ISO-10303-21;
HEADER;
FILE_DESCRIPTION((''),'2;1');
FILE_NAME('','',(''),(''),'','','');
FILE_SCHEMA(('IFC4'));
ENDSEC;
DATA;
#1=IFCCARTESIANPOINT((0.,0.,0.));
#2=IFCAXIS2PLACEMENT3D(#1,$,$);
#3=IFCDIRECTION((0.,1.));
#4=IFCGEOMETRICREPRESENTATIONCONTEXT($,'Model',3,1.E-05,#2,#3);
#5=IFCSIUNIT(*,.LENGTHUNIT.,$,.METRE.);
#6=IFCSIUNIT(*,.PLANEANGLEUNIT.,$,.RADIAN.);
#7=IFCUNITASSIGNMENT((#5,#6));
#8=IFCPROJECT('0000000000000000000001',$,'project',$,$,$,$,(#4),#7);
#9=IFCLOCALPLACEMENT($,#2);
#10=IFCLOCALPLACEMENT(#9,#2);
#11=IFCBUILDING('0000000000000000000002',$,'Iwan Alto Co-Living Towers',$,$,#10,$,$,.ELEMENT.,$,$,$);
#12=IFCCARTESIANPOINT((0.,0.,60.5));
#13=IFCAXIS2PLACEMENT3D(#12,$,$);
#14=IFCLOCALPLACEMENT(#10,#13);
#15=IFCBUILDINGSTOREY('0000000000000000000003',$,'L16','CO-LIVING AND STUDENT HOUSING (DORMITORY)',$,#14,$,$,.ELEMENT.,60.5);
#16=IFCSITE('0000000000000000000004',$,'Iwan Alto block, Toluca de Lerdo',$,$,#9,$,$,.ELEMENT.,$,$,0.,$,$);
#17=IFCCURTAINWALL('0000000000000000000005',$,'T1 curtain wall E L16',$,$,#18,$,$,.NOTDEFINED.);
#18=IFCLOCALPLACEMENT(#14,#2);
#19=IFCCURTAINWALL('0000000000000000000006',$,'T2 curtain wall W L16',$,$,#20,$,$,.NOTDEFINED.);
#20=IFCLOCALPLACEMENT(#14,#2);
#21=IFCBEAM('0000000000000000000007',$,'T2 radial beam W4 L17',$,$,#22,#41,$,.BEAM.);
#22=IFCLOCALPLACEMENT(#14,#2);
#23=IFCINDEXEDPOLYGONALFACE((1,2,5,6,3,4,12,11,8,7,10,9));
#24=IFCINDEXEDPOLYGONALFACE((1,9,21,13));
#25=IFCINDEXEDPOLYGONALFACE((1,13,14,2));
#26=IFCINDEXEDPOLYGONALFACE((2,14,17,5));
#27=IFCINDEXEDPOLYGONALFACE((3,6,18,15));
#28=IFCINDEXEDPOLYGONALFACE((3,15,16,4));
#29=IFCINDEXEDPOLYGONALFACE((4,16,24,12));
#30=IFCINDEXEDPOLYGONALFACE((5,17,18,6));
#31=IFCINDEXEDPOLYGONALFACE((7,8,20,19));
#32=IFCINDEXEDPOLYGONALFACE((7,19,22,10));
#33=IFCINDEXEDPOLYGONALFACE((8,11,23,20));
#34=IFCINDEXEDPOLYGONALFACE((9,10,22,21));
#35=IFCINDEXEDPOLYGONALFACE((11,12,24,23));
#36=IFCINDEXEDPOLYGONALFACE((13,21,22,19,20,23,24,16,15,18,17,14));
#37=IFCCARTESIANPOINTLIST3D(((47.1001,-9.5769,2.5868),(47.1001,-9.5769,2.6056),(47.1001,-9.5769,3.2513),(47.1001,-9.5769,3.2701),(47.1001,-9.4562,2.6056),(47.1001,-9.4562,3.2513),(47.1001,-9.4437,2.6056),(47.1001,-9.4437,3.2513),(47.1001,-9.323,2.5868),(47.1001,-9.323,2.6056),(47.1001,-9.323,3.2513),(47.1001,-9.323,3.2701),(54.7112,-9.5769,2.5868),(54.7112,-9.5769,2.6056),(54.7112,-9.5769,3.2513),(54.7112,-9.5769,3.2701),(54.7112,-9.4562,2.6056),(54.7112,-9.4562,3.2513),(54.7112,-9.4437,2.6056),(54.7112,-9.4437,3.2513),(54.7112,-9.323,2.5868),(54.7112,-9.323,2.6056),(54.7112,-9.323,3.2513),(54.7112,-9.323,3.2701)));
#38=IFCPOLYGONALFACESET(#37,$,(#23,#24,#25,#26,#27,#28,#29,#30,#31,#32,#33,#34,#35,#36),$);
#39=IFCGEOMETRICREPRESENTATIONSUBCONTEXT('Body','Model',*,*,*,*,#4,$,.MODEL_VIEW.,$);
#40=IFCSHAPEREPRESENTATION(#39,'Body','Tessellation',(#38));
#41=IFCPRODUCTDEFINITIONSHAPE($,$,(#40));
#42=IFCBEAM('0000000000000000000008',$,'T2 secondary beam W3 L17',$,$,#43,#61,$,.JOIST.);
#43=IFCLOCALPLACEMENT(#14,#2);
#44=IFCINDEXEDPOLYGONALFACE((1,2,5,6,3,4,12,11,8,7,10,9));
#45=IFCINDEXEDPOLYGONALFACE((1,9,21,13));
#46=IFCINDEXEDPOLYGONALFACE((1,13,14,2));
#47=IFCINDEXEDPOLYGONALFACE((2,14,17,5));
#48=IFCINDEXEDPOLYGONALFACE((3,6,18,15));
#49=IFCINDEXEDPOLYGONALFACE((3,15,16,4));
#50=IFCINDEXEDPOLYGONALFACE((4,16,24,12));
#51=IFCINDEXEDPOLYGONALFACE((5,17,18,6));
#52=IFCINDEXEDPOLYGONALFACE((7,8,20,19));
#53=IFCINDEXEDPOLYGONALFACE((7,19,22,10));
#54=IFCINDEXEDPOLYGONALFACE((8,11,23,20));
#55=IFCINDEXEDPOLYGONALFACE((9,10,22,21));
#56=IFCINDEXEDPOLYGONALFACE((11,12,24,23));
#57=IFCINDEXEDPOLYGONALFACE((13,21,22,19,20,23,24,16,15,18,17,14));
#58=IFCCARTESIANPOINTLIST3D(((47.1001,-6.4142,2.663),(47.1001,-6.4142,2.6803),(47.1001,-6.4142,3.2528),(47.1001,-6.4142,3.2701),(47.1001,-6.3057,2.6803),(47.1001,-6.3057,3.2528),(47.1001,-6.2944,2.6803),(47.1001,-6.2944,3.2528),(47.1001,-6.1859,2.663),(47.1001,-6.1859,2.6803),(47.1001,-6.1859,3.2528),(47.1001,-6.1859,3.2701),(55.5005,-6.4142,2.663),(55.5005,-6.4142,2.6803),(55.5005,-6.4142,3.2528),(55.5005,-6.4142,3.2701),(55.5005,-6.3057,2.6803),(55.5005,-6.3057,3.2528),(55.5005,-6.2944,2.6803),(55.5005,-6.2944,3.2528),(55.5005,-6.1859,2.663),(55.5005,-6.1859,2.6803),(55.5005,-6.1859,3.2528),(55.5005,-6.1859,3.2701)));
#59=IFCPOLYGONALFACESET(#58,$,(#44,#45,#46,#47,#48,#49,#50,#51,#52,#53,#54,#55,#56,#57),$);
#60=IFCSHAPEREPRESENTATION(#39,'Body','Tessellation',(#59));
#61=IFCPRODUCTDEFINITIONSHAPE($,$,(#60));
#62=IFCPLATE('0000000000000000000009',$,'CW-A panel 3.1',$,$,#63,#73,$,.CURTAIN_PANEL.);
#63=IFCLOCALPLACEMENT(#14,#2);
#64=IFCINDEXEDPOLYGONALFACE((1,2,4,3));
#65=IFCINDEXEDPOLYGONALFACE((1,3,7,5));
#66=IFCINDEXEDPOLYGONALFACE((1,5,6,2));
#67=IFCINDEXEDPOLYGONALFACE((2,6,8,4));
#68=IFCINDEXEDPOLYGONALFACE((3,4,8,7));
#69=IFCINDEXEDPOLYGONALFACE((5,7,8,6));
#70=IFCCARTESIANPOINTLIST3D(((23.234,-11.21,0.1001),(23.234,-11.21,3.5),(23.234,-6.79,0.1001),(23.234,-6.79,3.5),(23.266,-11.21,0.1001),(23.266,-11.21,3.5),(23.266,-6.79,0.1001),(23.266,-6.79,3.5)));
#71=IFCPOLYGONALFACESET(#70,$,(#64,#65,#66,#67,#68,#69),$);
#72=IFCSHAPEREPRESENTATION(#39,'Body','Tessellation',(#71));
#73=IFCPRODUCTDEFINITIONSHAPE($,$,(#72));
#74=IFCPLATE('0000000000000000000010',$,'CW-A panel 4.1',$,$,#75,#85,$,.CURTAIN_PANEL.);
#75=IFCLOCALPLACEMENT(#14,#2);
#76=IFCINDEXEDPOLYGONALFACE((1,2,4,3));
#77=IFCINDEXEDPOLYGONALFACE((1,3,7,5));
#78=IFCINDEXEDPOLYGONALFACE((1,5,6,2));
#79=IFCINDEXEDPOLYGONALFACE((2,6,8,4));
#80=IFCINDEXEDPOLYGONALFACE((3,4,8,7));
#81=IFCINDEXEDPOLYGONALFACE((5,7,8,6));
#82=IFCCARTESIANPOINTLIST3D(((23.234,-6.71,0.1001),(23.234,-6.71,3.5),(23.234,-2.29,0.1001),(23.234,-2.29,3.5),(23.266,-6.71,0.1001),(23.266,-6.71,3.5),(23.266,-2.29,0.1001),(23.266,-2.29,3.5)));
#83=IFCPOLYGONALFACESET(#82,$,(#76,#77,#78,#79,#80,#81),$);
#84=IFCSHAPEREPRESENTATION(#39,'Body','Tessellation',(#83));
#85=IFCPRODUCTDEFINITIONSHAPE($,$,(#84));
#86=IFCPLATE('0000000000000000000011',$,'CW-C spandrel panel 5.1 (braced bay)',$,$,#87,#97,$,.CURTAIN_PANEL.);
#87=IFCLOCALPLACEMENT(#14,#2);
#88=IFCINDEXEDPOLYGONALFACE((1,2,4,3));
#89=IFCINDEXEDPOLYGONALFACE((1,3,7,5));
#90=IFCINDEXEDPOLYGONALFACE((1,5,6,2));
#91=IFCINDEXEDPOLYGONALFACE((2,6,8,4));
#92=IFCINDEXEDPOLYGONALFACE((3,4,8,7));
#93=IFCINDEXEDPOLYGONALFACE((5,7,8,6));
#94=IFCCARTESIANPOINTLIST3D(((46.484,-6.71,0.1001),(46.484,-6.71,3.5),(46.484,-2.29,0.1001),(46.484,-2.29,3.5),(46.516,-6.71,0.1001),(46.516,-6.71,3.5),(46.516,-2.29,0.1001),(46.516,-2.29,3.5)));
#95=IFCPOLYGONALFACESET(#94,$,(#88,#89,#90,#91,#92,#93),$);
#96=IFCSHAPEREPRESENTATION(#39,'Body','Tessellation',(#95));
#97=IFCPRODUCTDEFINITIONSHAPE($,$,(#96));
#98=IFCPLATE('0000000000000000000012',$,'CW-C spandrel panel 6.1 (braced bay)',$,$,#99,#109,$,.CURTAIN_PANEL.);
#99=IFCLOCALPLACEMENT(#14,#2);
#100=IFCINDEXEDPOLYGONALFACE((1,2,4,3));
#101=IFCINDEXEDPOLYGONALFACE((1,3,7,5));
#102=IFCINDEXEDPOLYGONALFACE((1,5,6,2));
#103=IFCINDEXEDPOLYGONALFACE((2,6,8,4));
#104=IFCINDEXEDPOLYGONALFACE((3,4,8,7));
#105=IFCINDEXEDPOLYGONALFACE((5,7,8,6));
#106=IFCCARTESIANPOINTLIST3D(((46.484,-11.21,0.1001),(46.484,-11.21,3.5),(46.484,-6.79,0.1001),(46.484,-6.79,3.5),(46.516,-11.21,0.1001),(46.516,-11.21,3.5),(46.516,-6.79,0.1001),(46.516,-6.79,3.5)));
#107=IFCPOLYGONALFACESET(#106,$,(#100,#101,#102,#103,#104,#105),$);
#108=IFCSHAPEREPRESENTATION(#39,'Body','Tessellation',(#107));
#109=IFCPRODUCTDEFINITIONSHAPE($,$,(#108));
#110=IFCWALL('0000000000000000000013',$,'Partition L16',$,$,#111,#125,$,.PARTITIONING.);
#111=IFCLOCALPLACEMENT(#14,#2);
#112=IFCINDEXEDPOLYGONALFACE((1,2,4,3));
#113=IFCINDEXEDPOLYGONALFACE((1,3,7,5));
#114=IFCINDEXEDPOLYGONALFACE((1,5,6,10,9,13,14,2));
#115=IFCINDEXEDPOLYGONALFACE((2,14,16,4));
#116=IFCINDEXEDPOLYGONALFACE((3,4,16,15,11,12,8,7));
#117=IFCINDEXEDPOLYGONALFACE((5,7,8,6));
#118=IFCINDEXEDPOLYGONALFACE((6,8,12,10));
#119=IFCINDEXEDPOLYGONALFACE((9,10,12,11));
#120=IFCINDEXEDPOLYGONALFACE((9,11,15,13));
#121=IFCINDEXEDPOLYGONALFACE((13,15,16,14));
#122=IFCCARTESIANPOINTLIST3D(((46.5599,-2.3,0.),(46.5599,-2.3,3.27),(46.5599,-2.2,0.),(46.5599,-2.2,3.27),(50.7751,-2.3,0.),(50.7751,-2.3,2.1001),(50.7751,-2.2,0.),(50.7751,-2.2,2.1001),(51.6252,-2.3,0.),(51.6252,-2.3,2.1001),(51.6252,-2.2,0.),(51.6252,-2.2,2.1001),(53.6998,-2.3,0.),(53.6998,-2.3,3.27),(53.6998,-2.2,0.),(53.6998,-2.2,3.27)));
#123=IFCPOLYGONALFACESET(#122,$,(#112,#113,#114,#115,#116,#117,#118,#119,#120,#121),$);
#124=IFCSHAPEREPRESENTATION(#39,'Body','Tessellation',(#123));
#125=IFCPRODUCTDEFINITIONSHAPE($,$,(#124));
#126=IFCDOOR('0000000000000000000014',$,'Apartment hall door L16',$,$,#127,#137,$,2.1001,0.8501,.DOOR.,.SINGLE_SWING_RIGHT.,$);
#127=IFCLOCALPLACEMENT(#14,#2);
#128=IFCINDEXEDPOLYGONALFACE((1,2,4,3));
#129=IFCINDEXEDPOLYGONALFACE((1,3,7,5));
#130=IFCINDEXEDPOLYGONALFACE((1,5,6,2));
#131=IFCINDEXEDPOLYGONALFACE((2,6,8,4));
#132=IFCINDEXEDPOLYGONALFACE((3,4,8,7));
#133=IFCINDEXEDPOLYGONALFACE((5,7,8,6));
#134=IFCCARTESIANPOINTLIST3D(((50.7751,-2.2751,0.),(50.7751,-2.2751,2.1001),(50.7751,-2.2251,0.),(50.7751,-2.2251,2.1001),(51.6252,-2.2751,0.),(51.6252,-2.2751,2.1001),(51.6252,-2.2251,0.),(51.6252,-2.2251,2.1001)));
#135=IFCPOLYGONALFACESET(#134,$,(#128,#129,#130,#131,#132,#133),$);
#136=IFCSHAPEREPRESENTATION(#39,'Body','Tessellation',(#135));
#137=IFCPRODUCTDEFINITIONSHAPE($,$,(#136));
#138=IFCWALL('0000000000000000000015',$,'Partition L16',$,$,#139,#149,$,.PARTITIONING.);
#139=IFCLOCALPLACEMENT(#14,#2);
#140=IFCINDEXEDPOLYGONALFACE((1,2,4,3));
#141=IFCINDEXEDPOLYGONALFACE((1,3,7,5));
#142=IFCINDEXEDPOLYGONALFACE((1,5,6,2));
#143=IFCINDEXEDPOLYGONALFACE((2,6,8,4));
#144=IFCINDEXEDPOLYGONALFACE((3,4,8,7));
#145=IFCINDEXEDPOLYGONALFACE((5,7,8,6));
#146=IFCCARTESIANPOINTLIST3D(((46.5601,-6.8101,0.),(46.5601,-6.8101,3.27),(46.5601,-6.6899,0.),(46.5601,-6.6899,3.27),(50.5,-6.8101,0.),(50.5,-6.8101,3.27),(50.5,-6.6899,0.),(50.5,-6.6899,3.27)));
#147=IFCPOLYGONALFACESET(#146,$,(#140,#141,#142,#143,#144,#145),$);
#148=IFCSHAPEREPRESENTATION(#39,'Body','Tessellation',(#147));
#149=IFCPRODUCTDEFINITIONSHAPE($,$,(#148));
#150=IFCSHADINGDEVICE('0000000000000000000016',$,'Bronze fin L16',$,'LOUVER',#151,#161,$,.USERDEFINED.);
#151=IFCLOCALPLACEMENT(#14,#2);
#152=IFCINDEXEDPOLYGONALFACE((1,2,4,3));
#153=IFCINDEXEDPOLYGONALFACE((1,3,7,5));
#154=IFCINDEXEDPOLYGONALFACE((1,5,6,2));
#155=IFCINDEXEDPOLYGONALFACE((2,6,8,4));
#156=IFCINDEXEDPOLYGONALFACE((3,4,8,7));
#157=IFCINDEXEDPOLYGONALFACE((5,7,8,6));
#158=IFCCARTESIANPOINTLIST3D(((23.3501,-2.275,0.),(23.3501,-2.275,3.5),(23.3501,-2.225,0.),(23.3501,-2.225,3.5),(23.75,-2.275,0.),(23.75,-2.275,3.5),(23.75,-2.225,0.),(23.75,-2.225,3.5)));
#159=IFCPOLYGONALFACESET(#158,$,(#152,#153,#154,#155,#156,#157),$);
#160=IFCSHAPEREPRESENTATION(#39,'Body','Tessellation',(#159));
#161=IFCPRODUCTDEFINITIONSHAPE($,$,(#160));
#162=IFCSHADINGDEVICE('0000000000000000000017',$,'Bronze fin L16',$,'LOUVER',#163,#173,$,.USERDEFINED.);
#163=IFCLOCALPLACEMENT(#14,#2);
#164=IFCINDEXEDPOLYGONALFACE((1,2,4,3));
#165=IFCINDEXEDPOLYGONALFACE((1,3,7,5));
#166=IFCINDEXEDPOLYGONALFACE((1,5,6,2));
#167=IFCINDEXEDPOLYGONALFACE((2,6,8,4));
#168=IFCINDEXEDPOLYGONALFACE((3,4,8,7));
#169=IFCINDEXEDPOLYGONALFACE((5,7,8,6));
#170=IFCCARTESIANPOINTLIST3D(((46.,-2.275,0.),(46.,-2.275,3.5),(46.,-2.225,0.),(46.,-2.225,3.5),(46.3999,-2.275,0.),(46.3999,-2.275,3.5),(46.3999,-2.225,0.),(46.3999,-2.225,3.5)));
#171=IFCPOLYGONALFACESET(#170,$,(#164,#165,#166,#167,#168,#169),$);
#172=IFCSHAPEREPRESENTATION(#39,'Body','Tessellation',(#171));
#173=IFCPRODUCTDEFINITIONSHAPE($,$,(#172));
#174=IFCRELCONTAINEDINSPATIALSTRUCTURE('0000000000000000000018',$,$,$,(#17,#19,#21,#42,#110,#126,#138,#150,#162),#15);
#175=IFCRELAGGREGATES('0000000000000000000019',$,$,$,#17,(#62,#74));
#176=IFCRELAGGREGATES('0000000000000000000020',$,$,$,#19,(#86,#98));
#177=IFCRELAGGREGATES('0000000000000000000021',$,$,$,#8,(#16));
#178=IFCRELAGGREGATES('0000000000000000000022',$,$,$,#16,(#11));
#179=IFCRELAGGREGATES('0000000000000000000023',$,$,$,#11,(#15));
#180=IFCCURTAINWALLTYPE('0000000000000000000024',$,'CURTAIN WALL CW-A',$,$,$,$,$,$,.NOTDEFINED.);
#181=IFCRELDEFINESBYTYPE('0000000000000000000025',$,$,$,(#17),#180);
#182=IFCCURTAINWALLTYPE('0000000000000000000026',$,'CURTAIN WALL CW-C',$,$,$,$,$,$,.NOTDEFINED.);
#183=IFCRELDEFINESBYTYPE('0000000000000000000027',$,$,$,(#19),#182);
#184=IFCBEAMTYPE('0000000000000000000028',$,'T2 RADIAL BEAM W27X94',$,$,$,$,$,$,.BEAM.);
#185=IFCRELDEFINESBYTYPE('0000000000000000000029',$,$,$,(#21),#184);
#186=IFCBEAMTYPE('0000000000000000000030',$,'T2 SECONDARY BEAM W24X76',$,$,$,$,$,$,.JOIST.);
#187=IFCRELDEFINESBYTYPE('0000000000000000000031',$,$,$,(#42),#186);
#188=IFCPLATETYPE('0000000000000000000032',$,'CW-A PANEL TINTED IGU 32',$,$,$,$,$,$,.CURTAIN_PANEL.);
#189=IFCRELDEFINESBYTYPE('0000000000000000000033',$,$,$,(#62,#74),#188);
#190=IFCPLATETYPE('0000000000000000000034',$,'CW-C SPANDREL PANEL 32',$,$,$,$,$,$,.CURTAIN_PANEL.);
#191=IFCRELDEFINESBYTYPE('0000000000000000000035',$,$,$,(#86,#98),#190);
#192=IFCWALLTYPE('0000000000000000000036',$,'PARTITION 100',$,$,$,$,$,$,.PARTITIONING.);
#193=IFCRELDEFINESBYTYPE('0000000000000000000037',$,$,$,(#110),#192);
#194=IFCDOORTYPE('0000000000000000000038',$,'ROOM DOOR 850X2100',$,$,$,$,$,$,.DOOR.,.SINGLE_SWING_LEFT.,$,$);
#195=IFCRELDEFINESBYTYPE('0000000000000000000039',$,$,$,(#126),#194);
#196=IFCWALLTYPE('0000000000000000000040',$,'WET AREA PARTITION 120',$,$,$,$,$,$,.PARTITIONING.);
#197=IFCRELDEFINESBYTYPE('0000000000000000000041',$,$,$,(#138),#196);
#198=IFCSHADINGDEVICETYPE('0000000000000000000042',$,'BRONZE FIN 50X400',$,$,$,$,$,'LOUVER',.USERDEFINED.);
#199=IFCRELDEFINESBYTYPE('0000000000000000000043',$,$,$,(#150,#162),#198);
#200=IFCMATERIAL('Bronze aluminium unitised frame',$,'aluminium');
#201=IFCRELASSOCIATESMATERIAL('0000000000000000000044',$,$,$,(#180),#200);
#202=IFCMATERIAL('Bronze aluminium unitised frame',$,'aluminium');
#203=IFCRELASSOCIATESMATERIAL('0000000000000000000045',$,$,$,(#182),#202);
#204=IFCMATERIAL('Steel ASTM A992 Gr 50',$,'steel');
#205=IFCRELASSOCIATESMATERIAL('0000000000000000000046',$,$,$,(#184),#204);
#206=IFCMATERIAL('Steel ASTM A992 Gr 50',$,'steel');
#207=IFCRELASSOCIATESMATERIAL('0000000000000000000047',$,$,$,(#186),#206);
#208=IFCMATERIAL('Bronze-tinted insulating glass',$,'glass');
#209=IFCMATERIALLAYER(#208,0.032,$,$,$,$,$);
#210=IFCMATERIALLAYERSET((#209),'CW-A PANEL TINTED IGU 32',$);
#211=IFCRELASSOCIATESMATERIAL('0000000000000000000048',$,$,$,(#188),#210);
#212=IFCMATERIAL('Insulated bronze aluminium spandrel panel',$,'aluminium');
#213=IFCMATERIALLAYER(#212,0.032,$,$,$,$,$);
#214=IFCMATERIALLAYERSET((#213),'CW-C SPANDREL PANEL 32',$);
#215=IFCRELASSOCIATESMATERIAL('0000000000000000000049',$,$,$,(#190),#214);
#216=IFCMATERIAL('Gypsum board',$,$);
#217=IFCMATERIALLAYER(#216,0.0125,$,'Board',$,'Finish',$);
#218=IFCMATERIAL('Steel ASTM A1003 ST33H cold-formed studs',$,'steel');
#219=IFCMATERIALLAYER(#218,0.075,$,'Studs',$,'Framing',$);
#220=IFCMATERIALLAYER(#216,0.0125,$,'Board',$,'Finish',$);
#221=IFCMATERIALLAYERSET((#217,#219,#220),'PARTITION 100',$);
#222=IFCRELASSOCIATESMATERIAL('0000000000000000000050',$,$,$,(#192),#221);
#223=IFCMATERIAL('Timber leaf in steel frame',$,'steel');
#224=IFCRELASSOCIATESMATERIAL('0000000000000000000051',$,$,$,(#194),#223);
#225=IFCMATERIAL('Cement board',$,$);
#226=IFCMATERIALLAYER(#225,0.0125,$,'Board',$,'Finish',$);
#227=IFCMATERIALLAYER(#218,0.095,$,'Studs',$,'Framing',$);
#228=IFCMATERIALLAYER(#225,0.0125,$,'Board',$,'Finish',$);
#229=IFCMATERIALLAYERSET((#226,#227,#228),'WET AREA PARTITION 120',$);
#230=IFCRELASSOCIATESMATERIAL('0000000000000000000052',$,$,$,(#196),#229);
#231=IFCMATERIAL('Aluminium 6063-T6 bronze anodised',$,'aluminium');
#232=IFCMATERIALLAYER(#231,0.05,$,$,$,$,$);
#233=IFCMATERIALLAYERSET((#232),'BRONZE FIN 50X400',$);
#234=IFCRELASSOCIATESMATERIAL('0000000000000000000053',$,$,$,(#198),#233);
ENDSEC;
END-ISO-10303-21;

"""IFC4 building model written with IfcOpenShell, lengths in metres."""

from ifc_helpers import new_model, si_unit, direction, frame, frame_2d, origin, origin_2d, place, context, subcontext, project, spatial, rectangle, i_section, extrude, material, layer, layer_set, material_profile, profile_set, type_object, element, fill, aggregate, save


model = new_model("IFC4")

# Units and contexts
model_context = context("Model", 3, precision=1e-05, world=origin(), true_north=direction((0.0, 1.0)))
body_context = subcontext(model_context, "Body", "Model", "MODEL_VIEW")
ifc_project = project(units=[si_unit("LENGTHUNIT", "METRE"), si_unit("PLANEANGLEUNIT", "RADIAN")], contexts=[model_context])

# Site, building, storey
site_placement = place(None, origin())
site = spatial("IfcSite", under=ifc_project, at=site_placement, Name="Iwan Alto block, Toluca de Lerdo", CompositionType="ELEMENT", RefElevation=0.0)
building_placement = place(site_placement, origin())
building = spatial("IfcBuilding", under=site, at=building_placement, Name="Iwan Alto Co-Living Towers", CompositionType="ELEMENT")
storey_placement = place(building_placement, frame((0.0, 0.0, 60.5)))
storey = spatial("IfcBuildingStorey", under=building, at=storey_placement, Name="L16", Description="CO-LIVING AND STUDENT HOUSING (DORMITORY)", CompositionType="ELEMENT", Elevation=60.5)

# Curtain walls
ifc_material_1 = material(Name="Bronze aluminium unitised frame", Category="aluminium")
curtain_wall_type_1 = type_object("IfcCurtainWallType", Name="CURTAIN WALL CW-A", PredefinedType="NOTDEFINED", material=ifc_material_1)
curtain_wall_1_placement = place(storey_placement, origin())
curtain_wall_1 = element("IfcCurtainWall", 1, at=curtain_wall_1_placement, inside=storey, type_object=curtain_wall_type_1, Name="T1 curtain wall E L16", PredefinedType="NOTDEFINED")
ifc_material_2 = material(Name="Bronze aluminium unitised frame", Category="aluminium")
curtain_wall_type_2 = type_object("IfcCurtainWallType", Name="CURTAIN WALL CW-C", PredefinedType="NOTDEFINED", material=ifc_material_2)
curtain_wall_2_placement = place(storey_placement, origin())
curtain_wall_2 = element("IfcCurtainWall", 2, at=curtain_wall_2_placement, inside=storey, type_object=curtain_wall_type_2, Name="T2 curtain wall W L16", PredefinedType="NOTDEFINED")

# Beams
ifc_material_3 = material(Name="Steel ASTM A992 Gr 50", Category="steel")
ifc_material_profile_1 = material_profile(ifc_material_3, i_section(OverallWidth=0.2539, OverallDepth=0.6833, WebThickness=0.0125, FlangeThickness=0.0188, at=origin_2d()), Name="W27X94")
ifc_profile_set_1 = profile_set([ifc_material_profile_1], Name="Steel ASTM A992 Gr 50")
beam_type_1 = type_object("IfcBeamType", Name="T2 RADIAL BEAM W27X94", PredefinedType="BEAM", material=ifc_profile_set_1)
beam_1_placement = place(storey_placement, frame((47.1001, -9.45, 2.9285), z_axis=(1.0, 0.0, 0.0), x_axis=(0.0, 1.0, 0.0)))
element("IfcBeam", 3, at=beam_1_placement, inside=storey, type_object=beam_type_1, Name="T2 radial beam W4 L17", PredefinedType="BEAM", context=body_context, shape_type="SweptSolid", body=[
    extrude(i_section(OverallWidth=0.2539, OverallDepth=0.6833, WebThickness=0.0125, FlangeThickness=0.0188, at=origin_2d()), origin(), (0.0, 0.0, 1.0), 7.6111),
])
ifc_material_4 = material(Name="Steel ASTM A992 Gr 50", Category="steel")
ifc_material_profile_2 = material_profile(ifc_material_4, i_section(OverallWidth=0.2283, OverallDepth=0.6072, WebThickness=0.0112, FlangeThickness=0.0173, at=origin_2d()), Name="W24X76")
ifc_profile_set_2 = profile_set([ifc_material_profile_2], Name="Steel ASTM A992 Gr 50")
beam_type_2 = type_object("IfcBeamType", Name="T2 SECONDARY BEAM W24X76", PredefinedType="JOIST", material=ifc_profile_set_2)
beam_2_placement = place(storey_placement, frame((47.1001, -6.3, 2.9666), z_axis=(1.0, 0.0, 0.0), x_axis=(0.0, 1.0, 0.0)))
element("IfcBeam", 4, at=beam_2_placement, inside=storey, type_object=beam_type_2, Name="T2 secondary beam W3 L17", PredefinedType="JOIST", context=body_context, shape_type="SweptSolid", body=[
    extrude(i_section(OverallWidth=0.2283, OverallDepth=0.6072, WebThickness=0.0112, FlangeThickness=0.0173, at=origin_2d()), origin(), (0.0, 0.0, 1.0), 8.4004),
])

# Plates
ifc_material_5 = material(Name="Bronze-tinted insulating glass", Category="glass")
ifc_layer_1 = layer(ifc_material_5, 0.032)
ifc_layer_set_1 = layer_set([ifc_layer_1], Name="CW-A PANEL TINTED IGU 32")
plate_type_1 = type_object("IfcPlateType", Name="CW-A PANEL TINTED IGU 32", PredefinedType="CURTAIN_PANEL", material=ifc_layer_set_1)
plate_1_placement = place(storey_placement, frame((23.25, -9.0, 0.1001), z_axis=(0.0, 0.0, 1.0), x_axis=(0.0, 1.0, 0.0)))
plate_1 = element("IfcPlate", 5, at=plate_1_placement, type_object=plate_type_1, Name="CW-A panel 3.1", PredefinedType="CURTAIN_PANEL", context=body_context, shape_type="SweptSolid", body=[
    extrude(rectangle(XDim=4.4199, YDim=0.032, at=origin_2d()), origin(), (0.0, 0.0, 1.0), 3.3999),
])
plate_2_placement = place(storey_placement, frame((23.25, -4.5, 0.1001), z_axis=(0.0, 0.0, 1.0), x_axis=(0.0, 1.0, 0.0)))
plate_2 = element("IfcPlate", 6, at=plate_2_placement, type_object=plate_type_1, Name="CW-A panel 4.1", PredefinedType="CURTAIN_PANEL", context=body_context, shape_type="SweptSolid", body=[
    extrude(rectangle(XDim=4.4199, YDim=0.032, at=origin_2d()), origin(), (0.0, 0.0, 1.0), 3.3999),
])
aggregate(curtain_wall_1, [plate_1, plate_2])
ifc_material_6 = material(Name="Insulated bronze aluminium spandrel panel", Category="aluminium")
ifc_layer_2 = layer(ifc_material_6, 0.032)
ifc_layer_set_2 = layer_set([ifc_layer_2], Name="CW-C SPANDREL PANEL 32")
plate_type_2 = type_object("IfcPlateType", Name="CW-C SPANDREL PANEL 32", PredefinedType="CURTAIN_PANEL", material=ifc_layer_set_2)
plate_3_placement = place(storey_placement, frame((46.5, -4.5, 0.1001), z_axis=(0.0, 0.0, 1.0), x_axis=(0.0, -1.0, 0.0)))
plate_3 = element("IfcPlate", 7, at=plate_3_placement, type_object=plate_type_2, Name="CW-C spandrel panel 5.1 (braced bay)", PredefinedType="CURTAIN_PANEL", context=body_context, shape_type="SweptSolid", body=[
    extrude(rectangle(XDim=4.4199, YDim=0.032, at=origin_2d()), origin(), (0.0, 0.0, 1.0), 3.3999),
])
plate_4_placement = place(storey_placement, frame((46.5, -9.0, 0.1001), z_axis=(0.0, 0.0, 1.0), x_axis=(0.0, -1.0, 0.0)))
plate_4 = element("IfcPlate", 8, at=plate_4_placement, type_object=plate_type_2, Name="CW-C spandrel panel 6.1 (braced bay)", PredefinedType="CURTAIN_PANEL", context=body_context, shape_type="SweptSolid", body=[
    extrude(rectangle(XDim=4.4199, YDim=0.032, at=origin_2d()), origin(), (0.0, 0.0, 1.0), 3.3999),
])
aggregate(curtain_wall_2, [plate_3, plate_4])

# Wall, opening, door
ifc_material_7 = material(Name="Gypsum board")
ifc_layer_3 = layer(ifc_material_7, 0.0125, Name="Board", Category="Finish")
ifc_material_8 = material(Name="Steel ASTM A1003 ST33H cold-formed studs", Category="steel")
ifc_layer_4 = layer(ifc_material_8, 0.075, Name="Studs", Category="Framing")
ifc_layer_5 = layer(ifc_material_7, 0.0125, Name="Board", Category="Finish")
ifc_layer_set_3 = layer_set([ifc_layer_3, ifc_layer_4, ifc_layer_5], Name="PARTITION 100")
wall_type_1 = type_object("IfcWallType", Name="PARTITION 100", PredefinedType="PARTITIONING", material=ifc_layer_set_3)
wall_1_placement = place(storey_placement, frame((46.5601, -2.25, 0.0), z_axis=(0.0, 0.0, 1.0), x_axis=(1.0, 0.0, 0.0)))
wall_1 = element("IfcWall", 9, at=wall_1_placement, inside=storey, type_object=wall_type_1, Name="Partition L16", PredefinedType="PARTITIONING", context=body_context, shape_type="SweptSolid", body=[
    extrude(rectangle(XDim=7.1399, YDim=0.1001, at=frame_2d((3.5698, 0.0))), origin(), (0.0, 0.0, 1.0), 3.27),
])
opening_placement = place(wall_1_placement, frame((4.2151, 0.0, 0.0)))
opening = element("IfcOpeningElement", 10, at=opening_placement, cuts=wall_1, PredefinedType="OPENING", context=body_context, shape_type="SweptSolid", body=[
    extrude(rectangle(XDim=0.8501, YDim=2.1001, at=frame_2d((0.425, 1.05))), frame((0.0, 0.0601, 0.0), z_axis=(0.0, -1.0, 0.0), x_axis=(1.0, 0.0, 0.0)), (0.0, 0.0, 1.0), 0.1201),
])
ifc_material_9 = material(Name="Timber leaf in steel frame", Category="steel")
door_type = type_object("IfcDoorType", Name="ROOM DOOR 850X2100", OperationType="SINGLE_SWING_LEFT", PredefinedType="DOOR", material=ifc_material_9)
door_placement = place(opening_placement, origin())
door = element("IfcDoor", 11, at=door_placement, inside=storey, type_object=door_type, Name="Apartment hall door L16", OperationType="SINGLE_SWING_RIGHT", OverallHeight=2.1001, OverallWidth=0.8501, PredefinedType="DOOR", context=body_context, shape_type="SweptSolid", body=[
    extrude(rectangle(XDim=0.8501, YDim=2.1001, at=frame_2d((0.425, 1.05))), frame((0.0, 0.0249, 0.0), z_axis=(0.0, -1.0, 0.0), x_axis=(1.0, 0.0, 0.0)), (0.0, 0.0, 1.0), 0.05),
])
fill(opening, door)

# Wall
ifc_material_10 = material(Name="Cement board")
ifc_layer_6 = layer(ifc_material_10, 0.0125, Name="Board", Category="Finish")
ifc_layer_7 = layer(ifc_material_8, 0.095, Name="Studs", Category="Framing")
ifc_layer_8 = layer(ifc_material_10, 0.0125, Name="Board", Category="Finish")
ifc_layer_set_4 = layer_set([ifc_layer_6, ifc_layer_7, ifc_layer_8], Name="WET AREA PARTITION 120")
wall_type_2 = type_object("IfcWallType", Name="WET AREA PARTITION 120", PredefinedType="PARTITIONING", material=ifc_layer_set_4)
wall_2_placement = place(storey_placement, frame((46.5601, -6.75, 0.0), z_axis=(0.0, 0.0, 1.0), x_axis=(1.0, 0.0, 0.0)))
element("IfcWall", 12, at=wall_2_placement, inside=storey, type_object=wall_type_2, Name="Partition L16", PredefinedType="PARTITIONING", context=body_context, shape_type="SweptSolid", body=[
    extrude(rectangle(XDim=3.9399, YDim=0.1201, at=frame_2d((1.97, 0.0))), origin(), (0.0, 0.0, 1.0), 3.27),
])

# Shading devices
ifc_material_11 = material(Name="Aluminium 6063-T6 bronze anodised", Category="aluminium")
ifc_layer_9 = layer(ifc_material_11, 0.05)
ifc_layer_set_5 = layer_set([ifc_layer_9], Name="BRONZE FIN 50X400")
shading_device_type = type_object("IfcShadingDeviceType", Name="BRONZE FIN 50X400", ElementType="LOUVER", PredefinedType="USERDEFINED", material=ifc_layer_set_5)
for number, where, z_axis, x_axis, name in (
    (13, (23.55, -2.25, 0.0), (0.0, 0.0, 1.0), (0.0, 1.0, 0.0), "Bronze fin L16"),
    (14, (46.2, -2.25, 0.0), (0.0, 0.0, 1.0), (0.0, -1.0, 0.0), "Bronze fin L16"),
):
    element("IfcShadingDevice", number, at=place(storey_placement, frame(where, z_axis=z_axis, x_axis=x_axis)), inside=storey, type_object=shading_device_type, Name=name, ObjectType="LOUVER", PredefinedType="USERDEFINED", context=body_context, shape_type="SweptSolid", body=[
        extrude(rectangle(XDim=0.05, YDim=0.3999, at=origin_2d()), origin(), (0.0, 0.0, 1.0), 3.5),
    ])

save(model, "model.ifc")
